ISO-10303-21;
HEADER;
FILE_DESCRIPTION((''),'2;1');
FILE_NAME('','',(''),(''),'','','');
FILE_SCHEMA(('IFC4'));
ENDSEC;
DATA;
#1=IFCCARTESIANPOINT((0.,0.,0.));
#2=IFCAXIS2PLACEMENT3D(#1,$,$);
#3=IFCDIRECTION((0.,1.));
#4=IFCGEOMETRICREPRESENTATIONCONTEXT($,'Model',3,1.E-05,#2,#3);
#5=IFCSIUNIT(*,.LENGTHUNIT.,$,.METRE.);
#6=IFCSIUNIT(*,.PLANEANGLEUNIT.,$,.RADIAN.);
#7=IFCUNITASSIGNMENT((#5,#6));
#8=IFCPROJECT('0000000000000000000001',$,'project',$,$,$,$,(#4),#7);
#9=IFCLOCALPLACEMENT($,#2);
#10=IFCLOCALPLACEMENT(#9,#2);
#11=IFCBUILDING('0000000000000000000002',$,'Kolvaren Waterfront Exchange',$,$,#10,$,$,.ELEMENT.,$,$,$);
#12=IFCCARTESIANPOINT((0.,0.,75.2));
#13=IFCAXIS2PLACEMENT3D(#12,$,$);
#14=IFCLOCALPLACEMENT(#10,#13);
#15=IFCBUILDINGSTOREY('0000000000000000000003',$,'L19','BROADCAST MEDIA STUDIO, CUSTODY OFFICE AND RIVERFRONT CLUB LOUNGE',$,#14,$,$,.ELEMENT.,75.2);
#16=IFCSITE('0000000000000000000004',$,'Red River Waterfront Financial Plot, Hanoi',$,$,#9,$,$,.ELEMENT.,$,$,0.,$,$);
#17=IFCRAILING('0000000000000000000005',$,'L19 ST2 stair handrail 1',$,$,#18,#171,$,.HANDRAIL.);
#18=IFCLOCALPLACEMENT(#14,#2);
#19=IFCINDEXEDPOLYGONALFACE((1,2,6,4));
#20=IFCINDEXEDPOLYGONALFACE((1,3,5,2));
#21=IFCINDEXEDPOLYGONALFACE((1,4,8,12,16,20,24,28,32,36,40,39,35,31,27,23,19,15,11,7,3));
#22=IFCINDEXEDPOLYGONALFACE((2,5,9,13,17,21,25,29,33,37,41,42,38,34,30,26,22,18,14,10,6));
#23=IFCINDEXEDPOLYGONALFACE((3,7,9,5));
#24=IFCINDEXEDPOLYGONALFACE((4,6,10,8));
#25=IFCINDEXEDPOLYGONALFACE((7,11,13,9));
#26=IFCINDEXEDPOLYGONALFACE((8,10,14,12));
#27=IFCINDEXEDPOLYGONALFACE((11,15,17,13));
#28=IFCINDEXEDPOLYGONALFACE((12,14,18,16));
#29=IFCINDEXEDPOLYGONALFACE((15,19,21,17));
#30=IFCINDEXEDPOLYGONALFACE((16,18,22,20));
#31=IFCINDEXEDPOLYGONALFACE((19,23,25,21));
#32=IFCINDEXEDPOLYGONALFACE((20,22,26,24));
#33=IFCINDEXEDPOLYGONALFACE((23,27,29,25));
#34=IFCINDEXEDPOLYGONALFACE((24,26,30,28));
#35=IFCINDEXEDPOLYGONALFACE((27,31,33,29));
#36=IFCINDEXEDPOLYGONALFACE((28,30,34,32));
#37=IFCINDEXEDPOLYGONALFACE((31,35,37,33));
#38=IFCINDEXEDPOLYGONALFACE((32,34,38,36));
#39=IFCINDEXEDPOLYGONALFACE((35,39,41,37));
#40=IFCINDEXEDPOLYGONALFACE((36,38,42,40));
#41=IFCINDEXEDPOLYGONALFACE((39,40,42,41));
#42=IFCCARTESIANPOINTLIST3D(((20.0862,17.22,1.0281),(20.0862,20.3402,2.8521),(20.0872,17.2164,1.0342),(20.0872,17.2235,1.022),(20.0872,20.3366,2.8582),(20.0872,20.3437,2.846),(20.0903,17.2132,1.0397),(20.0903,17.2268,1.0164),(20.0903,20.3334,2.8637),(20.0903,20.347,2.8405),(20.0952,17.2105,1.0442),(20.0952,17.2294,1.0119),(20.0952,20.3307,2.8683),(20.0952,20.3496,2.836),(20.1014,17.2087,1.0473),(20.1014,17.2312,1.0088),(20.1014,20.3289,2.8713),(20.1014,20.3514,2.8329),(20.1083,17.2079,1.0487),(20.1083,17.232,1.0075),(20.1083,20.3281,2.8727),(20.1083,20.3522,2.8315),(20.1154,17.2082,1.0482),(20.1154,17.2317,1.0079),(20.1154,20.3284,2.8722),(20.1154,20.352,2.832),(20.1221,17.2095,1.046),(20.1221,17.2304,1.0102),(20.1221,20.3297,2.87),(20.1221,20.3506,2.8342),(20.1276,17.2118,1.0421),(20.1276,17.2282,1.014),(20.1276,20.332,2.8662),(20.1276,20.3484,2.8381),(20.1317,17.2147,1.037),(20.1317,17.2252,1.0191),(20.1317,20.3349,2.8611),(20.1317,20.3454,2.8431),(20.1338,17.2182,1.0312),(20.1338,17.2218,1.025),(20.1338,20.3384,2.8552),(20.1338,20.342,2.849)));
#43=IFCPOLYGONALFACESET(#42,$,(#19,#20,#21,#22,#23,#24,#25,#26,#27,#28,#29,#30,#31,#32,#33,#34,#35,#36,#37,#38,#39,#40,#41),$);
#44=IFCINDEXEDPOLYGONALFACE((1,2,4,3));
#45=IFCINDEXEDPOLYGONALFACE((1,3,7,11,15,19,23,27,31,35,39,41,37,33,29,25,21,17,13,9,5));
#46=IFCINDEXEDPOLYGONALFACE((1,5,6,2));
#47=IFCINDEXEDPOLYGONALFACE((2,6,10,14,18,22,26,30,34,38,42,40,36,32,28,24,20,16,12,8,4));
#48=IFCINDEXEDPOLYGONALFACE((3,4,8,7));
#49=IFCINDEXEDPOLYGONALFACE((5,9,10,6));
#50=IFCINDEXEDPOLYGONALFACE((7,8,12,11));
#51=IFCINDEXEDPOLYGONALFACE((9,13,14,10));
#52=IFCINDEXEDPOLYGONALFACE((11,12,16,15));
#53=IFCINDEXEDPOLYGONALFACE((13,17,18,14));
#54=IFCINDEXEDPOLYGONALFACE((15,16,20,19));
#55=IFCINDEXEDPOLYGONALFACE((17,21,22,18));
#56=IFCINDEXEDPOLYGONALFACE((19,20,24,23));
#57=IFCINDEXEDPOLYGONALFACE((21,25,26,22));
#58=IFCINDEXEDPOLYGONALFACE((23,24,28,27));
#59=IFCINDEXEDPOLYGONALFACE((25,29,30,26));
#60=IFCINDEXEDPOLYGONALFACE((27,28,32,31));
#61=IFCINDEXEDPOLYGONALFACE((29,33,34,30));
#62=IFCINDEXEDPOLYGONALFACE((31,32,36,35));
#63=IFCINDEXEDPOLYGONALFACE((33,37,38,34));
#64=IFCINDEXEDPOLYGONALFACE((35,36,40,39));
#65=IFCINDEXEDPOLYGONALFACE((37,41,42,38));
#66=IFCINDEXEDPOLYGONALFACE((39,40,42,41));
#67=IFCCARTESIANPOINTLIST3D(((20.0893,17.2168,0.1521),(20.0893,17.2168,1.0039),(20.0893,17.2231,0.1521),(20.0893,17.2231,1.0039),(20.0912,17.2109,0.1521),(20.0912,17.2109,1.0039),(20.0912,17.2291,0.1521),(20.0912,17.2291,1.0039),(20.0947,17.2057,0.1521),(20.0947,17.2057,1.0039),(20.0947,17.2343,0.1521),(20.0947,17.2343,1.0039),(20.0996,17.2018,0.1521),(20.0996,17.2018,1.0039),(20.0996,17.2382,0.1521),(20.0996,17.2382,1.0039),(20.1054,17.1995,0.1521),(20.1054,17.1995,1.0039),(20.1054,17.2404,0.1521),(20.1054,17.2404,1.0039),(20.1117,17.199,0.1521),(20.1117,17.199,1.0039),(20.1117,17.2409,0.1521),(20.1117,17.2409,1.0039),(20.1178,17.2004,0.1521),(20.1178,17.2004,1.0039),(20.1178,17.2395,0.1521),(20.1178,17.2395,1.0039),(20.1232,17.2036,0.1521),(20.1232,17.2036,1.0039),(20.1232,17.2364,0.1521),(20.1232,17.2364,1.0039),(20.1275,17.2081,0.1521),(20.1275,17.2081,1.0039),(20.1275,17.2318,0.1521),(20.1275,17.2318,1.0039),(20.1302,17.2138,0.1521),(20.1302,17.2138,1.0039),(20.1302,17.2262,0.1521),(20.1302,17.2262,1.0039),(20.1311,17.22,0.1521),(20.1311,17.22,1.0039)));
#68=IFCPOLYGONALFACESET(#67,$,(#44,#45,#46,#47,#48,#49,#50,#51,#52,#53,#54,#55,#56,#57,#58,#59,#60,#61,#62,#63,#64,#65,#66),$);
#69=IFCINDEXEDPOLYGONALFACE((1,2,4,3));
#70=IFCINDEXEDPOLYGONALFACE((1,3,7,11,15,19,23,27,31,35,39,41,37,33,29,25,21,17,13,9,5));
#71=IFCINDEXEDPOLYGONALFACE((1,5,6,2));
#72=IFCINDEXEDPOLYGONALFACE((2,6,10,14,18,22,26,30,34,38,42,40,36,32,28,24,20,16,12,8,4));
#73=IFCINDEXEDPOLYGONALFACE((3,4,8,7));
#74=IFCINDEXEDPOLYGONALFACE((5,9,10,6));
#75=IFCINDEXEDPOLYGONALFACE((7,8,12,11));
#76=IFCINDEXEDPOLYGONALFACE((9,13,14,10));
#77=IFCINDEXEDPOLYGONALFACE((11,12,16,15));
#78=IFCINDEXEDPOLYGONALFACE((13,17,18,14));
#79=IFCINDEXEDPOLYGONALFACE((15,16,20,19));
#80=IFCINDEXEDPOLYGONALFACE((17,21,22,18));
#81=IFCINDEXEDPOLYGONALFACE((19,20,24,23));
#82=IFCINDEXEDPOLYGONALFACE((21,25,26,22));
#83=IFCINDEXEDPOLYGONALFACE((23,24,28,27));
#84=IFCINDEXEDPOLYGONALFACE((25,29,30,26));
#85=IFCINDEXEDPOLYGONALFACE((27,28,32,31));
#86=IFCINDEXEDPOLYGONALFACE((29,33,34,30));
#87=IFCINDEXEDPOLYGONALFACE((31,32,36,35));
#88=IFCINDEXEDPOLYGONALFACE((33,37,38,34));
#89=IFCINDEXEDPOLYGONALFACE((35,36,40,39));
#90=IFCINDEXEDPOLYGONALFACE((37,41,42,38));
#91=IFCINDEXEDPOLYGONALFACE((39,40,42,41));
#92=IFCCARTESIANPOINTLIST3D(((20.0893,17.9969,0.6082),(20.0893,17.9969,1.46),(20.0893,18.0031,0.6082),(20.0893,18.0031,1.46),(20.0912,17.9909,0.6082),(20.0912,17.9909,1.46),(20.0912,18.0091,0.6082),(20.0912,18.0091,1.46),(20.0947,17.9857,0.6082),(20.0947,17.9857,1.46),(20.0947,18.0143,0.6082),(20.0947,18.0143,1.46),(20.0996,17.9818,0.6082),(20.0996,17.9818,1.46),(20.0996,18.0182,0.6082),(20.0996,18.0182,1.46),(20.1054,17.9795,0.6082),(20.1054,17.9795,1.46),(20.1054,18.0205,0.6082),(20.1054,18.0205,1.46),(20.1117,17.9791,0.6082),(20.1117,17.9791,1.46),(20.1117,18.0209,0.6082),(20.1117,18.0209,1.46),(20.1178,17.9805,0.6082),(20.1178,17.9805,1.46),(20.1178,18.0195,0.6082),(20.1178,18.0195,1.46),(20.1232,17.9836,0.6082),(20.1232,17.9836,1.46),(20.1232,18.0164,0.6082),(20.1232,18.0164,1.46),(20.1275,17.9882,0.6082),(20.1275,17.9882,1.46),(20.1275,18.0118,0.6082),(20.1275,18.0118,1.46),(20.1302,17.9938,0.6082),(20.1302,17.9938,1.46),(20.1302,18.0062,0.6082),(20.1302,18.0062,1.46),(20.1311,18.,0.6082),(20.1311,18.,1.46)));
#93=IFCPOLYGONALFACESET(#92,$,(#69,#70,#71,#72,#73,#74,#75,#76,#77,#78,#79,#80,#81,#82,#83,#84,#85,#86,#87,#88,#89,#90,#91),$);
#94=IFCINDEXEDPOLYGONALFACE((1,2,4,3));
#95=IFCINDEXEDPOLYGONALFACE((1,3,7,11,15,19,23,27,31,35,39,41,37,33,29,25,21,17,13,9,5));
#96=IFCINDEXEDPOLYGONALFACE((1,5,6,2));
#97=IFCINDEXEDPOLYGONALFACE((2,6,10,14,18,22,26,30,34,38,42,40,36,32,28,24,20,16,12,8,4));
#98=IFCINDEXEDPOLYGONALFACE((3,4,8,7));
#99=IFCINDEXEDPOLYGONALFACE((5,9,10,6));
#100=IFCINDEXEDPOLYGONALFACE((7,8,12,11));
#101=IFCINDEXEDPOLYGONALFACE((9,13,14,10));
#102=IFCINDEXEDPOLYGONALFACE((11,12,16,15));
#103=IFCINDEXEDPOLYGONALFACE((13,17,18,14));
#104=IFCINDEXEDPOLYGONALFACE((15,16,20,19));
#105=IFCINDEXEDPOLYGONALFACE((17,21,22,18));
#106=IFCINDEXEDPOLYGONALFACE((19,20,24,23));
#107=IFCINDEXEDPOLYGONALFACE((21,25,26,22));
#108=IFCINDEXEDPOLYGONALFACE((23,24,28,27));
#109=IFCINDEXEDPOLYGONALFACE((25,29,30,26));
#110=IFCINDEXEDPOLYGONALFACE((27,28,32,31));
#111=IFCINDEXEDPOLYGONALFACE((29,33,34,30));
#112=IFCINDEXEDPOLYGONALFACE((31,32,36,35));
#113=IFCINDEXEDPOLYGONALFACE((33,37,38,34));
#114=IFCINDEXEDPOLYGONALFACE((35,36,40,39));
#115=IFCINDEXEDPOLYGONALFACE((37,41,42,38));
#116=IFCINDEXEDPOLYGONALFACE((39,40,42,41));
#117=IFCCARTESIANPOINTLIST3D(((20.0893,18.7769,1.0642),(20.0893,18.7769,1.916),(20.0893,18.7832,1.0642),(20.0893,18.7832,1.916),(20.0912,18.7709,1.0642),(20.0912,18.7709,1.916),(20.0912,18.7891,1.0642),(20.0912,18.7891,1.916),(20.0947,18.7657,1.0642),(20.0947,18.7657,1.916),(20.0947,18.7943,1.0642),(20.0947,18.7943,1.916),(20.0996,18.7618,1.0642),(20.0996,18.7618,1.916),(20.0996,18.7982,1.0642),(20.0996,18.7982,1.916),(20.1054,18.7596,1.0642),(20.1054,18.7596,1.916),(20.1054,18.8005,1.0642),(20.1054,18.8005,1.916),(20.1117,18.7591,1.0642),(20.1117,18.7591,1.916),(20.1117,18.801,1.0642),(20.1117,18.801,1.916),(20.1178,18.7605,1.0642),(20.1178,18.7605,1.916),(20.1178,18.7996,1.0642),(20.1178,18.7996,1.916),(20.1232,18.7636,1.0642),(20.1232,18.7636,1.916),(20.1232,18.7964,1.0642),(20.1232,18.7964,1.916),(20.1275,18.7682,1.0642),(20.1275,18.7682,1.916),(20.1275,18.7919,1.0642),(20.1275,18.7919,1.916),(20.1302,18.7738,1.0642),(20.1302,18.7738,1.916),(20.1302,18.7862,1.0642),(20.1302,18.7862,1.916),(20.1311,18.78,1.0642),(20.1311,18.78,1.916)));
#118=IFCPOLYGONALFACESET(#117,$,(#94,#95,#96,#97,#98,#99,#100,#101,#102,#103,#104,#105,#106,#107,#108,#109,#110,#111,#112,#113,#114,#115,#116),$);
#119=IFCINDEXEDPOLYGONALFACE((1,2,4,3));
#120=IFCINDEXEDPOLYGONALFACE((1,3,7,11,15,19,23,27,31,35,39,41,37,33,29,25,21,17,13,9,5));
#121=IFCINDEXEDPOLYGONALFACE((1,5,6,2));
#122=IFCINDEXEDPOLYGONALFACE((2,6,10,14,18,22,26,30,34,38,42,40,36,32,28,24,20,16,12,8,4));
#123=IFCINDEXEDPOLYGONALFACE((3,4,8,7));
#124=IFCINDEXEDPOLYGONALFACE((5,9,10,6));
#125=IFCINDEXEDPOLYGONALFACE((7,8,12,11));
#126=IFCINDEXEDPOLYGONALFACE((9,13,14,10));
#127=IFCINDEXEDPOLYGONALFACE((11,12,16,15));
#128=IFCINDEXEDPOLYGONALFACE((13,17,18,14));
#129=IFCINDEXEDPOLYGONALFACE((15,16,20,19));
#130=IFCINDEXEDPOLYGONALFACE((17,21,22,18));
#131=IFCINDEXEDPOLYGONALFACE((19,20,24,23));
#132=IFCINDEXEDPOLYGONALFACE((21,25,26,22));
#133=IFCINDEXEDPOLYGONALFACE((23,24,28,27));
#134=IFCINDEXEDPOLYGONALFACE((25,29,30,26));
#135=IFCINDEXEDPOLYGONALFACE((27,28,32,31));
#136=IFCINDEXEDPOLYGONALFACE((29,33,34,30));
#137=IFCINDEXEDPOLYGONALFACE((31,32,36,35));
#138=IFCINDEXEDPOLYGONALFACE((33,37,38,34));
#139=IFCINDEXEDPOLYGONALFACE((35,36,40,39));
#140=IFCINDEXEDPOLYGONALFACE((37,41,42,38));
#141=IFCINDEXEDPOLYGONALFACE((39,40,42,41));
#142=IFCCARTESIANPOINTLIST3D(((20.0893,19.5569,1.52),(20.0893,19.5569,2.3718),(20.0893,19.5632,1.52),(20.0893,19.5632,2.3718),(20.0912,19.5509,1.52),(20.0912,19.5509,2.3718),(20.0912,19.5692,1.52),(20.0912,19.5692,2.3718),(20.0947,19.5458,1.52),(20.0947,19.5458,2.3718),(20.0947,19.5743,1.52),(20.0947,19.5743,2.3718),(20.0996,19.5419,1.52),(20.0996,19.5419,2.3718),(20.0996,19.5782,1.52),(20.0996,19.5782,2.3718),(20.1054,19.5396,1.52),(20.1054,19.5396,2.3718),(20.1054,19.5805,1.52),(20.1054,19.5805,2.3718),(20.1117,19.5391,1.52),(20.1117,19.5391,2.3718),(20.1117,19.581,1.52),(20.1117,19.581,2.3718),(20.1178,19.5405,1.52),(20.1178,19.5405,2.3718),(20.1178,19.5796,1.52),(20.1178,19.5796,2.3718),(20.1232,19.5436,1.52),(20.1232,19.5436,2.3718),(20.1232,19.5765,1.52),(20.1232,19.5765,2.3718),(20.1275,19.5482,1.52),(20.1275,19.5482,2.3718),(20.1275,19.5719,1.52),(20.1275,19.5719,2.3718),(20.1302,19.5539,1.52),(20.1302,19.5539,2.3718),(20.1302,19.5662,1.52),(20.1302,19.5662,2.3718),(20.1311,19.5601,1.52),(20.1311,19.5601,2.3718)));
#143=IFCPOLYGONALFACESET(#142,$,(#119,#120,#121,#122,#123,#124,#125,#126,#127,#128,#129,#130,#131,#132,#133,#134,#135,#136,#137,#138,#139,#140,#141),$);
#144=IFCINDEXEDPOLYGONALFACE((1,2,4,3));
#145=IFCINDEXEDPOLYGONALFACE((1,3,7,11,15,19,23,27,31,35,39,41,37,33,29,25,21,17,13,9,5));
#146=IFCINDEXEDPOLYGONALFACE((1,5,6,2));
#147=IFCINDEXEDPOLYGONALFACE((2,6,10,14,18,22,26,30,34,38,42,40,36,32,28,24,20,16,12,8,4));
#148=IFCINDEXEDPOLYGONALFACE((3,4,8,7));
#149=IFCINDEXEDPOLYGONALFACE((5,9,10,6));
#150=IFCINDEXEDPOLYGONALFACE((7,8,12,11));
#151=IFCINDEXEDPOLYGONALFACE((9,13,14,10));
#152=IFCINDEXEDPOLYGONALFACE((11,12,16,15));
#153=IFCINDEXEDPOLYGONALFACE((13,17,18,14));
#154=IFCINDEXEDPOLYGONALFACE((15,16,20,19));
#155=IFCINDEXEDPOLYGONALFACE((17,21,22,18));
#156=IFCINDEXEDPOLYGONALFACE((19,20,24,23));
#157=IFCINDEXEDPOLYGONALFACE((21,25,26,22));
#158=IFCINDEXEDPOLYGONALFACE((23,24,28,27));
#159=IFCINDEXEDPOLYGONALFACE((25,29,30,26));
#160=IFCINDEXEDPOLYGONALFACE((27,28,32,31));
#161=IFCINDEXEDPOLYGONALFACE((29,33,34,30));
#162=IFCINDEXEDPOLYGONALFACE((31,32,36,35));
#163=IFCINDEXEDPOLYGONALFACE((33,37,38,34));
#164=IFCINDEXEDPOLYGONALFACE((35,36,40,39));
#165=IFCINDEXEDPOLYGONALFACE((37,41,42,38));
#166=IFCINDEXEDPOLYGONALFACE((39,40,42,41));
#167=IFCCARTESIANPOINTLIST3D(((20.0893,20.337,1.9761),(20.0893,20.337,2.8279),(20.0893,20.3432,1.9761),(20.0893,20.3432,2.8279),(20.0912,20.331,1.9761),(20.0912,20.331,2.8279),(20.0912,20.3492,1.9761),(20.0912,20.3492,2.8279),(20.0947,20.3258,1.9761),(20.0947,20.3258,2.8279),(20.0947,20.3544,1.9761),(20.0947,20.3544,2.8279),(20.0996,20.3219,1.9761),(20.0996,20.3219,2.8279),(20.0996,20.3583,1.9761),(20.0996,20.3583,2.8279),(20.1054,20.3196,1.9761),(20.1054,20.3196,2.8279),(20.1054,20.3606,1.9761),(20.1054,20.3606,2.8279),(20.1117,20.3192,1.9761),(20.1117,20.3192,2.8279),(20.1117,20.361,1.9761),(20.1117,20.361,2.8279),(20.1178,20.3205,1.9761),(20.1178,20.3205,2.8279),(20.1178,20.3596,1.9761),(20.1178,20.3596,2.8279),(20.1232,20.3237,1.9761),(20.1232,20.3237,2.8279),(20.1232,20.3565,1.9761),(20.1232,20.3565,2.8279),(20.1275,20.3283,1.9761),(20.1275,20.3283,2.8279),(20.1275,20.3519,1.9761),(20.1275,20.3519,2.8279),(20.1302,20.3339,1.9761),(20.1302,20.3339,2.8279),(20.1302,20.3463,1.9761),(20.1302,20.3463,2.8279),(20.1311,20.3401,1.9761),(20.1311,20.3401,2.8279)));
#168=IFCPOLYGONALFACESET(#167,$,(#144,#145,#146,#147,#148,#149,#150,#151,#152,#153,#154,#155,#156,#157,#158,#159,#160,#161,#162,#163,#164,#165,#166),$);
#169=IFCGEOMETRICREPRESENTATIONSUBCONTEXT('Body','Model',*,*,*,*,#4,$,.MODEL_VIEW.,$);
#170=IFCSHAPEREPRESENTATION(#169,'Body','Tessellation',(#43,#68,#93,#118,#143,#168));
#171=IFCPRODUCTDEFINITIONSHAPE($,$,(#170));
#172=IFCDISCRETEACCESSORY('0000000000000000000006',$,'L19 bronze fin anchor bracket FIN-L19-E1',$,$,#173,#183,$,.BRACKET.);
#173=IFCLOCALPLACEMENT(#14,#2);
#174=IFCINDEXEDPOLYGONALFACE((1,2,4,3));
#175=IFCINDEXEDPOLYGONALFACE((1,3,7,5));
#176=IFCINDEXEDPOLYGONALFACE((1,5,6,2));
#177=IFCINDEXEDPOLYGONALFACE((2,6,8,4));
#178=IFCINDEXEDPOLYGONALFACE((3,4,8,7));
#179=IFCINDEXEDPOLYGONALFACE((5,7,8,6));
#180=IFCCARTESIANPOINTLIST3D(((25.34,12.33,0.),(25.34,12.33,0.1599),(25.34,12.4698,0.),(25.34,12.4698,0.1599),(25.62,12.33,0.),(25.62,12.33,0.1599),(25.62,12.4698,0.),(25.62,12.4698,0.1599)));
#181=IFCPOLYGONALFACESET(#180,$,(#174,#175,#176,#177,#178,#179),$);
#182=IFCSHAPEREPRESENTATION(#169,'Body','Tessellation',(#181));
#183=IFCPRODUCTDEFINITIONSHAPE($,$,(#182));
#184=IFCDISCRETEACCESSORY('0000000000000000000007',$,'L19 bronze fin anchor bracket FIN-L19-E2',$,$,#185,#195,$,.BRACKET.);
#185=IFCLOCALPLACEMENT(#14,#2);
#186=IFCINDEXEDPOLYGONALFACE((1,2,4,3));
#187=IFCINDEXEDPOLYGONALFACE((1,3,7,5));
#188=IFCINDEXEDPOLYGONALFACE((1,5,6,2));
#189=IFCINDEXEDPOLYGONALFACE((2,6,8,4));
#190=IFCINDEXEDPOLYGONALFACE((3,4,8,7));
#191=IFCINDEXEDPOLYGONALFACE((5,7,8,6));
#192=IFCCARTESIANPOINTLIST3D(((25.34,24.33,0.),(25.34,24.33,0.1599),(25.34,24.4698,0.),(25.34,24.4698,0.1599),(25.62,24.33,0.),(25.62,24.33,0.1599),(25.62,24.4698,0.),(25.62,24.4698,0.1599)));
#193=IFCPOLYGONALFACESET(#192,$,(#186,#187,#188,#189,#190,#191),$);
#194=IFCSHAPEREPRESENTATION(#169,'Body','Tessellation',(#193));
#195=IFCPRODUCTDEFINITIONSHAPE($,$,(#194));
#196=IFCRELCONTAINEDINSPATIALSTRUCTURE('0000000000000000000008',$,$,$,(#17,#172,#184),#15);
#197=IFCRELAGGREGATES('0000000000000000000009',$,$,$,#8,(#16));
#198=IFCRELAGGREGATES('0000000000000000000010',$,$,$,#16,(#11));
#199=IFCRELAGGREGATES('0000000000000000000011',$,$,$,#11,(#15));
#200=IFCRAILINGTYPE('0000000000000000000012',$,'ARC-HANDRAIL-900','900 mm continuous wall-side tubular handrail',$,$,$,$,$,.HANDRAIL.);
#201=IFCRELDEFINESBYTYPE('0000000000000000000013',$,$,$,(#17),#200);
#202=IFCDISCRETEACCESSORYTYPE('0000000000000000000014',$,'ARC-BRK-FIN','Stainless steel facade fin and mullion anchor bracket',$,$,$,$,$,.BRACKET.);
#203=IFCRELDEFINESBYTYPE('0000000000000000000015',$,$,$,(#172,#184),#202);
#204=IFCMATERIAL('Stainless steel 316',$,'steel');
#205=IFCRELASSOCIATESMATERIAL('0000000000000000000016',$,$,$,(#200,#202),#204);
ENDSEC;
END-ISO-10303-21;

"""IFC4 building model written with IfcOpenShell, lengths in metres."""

from ifc_helpers import new_model, si_unit, direction, frame, origin, origin_with_axes, origin_2d, place, context, subcontext, project, spatial, rectangle, circle, extrude, source, transform, mapped, material, type_object, element, save


model = new_model("IFC4")

# Units and contexts
model_context = context("Model", 3, precision=1e-05, world=origin(), true_north=direction((0.0, 1.0)))
body_context = subcontext(model_context, "Body", "Model", "MODEL_VIEW")
ifc_project = project(units=[si_unit("LENGTHUNIT", "METRE"), si_unit("PLANEANGLEUNIT", "RADIAN")], contexts=[model_context])

# Site, building, storey
site_placement = place(None, origin())
site = spatial("IfcSite", under=ifc_project, at=site_placement, Name="Red River Waterfront Financial Plot, Hanoi", CompositionType="ELEMENT", RefElevation=0.0)
building_placement = place(site_placement, origin())
building = spatial("IfcBuilding", under=site, at=building_placement, Name="Kolvaren Waterfront Exchange", CompositionType="ELEMENT")
storey_placement = place(building_placement, frame((0.0, 0.0, 75.2)))
storey = spatial("IfcBuildingStorey", under=building, at=storey_placement, Name="L19", Description="BROADCAST MEDIA STUDIO, CUSTODY OFFICE AND RIVERFRONT CLUB LOUNGE", CompositionType="ELEMENT", Elevation=75.2)

# Railing
ifc_material_1 = material(Name="Stainless steel 316", Category="steel")
railing_type = type_object("IfcRailingType", Name="ARC-HANDRAIL-900", Description="900 mm continuous wall-side tubular handrail", PredefinedType="HANDRAIL", material=ifc_material_1)
railing_placement = place(storey_placement, frame((20.1101, 17.22, 0.1521)))
element("IfcRailing", 1, at=railing_placement, inside=storey, type_object=railing_type, Name="L19 ST2 stair handrail 1", PredefinedType="HANDRAIL", context=body_context, shape_type="SweptSolid", body=[
    extrude(circle(Radius=0.0239, at=origin_2d()), frame((0.0, 0.0, 0.876), z_axis=(0.0, 0.863308, 0.504677), x_axis=(-1.0, 0.0, 0.0)), (0.0, 0.0, 1.0), 3.6143),
    extrude(circle(Radius=0.021, at=origin_2d()), origin(), (0.0, 0.0, 1.0), 0.8518),
    extrude(circle(Radius=0.021, at=origin_2d()), frame((0.0, 0.78, 0.4561)), (0.0, 0.0, 1.0), 0.8518),
    extrude(circle(Radius=0.021, at=origin_2d()), frame((0.0, 1.5601, 0.9121)), (0.0, 0.0, 1.0), 0.8518),
    extrude(circle(Radius=0.021, at=origin_2d()), frame((0.0, 2.3401, 1.3679)), (0.0, 0.0, 1.0), 0.8518),
    extrude(circle(Radius=0.021, at=origin_2d()), frame((0.0, 3.1201, 1.824)), (0.0, 0.0, 1.0), 0.8518),
])

# Discrete accessories
discrete_accessory_type = type_object("IfcDiscreteAccessoryType", Name="ARC-BRK-FIN", Description="Stainless steel facade fin and mullion anchor bracket", PredefinedType="BRACKET", material=ifc_material_1)
shared_shape = source(origin_with_axes(), body_context, "Body", "SweptSolid", [
    extrude(rectangle(XDim=0.28, YDim=0.1399, at=origin_2d()), origin(), (0.0, 0.0, 1.0), 0.1599),
])
for number, where, z_axis, x_axis, name in (
    (2, (25.48, 12.3999, 0.0), (0.0, 0.0, 1.0), (1.0, 0.0, 0.0), "L19 bronze fin anchor bracket FIN-L19-E1"),
    (3, (25.48, 24.3999, 0.0), (0.0, 0.0, 1.0), (1.0, 0.0, 0.0), "L19 bronze fin anchor bracket FIN-L19-E2"),
):
    element("IfcDiscreteAccessory", number, at=place(storey_placement, frame(where, z_axis=z_axis, x_axis=x_axis)), inside=storey, type_object=discrete_accessory_type, Name=name, PredefinedType="BRACKET", context=body_context, shape_type="MappedRepresentation", body=[
        mapped(shared_shape, transform((0.0, 0.0, 0.0), x_axis=(1.0, 0.0, 0.0), y_axis=(0.0, 1.0, 0.0), z_axis=(0.0, 0.0, 1.0), scale=1.0)),
    ])

save(model, "model.ifc")
